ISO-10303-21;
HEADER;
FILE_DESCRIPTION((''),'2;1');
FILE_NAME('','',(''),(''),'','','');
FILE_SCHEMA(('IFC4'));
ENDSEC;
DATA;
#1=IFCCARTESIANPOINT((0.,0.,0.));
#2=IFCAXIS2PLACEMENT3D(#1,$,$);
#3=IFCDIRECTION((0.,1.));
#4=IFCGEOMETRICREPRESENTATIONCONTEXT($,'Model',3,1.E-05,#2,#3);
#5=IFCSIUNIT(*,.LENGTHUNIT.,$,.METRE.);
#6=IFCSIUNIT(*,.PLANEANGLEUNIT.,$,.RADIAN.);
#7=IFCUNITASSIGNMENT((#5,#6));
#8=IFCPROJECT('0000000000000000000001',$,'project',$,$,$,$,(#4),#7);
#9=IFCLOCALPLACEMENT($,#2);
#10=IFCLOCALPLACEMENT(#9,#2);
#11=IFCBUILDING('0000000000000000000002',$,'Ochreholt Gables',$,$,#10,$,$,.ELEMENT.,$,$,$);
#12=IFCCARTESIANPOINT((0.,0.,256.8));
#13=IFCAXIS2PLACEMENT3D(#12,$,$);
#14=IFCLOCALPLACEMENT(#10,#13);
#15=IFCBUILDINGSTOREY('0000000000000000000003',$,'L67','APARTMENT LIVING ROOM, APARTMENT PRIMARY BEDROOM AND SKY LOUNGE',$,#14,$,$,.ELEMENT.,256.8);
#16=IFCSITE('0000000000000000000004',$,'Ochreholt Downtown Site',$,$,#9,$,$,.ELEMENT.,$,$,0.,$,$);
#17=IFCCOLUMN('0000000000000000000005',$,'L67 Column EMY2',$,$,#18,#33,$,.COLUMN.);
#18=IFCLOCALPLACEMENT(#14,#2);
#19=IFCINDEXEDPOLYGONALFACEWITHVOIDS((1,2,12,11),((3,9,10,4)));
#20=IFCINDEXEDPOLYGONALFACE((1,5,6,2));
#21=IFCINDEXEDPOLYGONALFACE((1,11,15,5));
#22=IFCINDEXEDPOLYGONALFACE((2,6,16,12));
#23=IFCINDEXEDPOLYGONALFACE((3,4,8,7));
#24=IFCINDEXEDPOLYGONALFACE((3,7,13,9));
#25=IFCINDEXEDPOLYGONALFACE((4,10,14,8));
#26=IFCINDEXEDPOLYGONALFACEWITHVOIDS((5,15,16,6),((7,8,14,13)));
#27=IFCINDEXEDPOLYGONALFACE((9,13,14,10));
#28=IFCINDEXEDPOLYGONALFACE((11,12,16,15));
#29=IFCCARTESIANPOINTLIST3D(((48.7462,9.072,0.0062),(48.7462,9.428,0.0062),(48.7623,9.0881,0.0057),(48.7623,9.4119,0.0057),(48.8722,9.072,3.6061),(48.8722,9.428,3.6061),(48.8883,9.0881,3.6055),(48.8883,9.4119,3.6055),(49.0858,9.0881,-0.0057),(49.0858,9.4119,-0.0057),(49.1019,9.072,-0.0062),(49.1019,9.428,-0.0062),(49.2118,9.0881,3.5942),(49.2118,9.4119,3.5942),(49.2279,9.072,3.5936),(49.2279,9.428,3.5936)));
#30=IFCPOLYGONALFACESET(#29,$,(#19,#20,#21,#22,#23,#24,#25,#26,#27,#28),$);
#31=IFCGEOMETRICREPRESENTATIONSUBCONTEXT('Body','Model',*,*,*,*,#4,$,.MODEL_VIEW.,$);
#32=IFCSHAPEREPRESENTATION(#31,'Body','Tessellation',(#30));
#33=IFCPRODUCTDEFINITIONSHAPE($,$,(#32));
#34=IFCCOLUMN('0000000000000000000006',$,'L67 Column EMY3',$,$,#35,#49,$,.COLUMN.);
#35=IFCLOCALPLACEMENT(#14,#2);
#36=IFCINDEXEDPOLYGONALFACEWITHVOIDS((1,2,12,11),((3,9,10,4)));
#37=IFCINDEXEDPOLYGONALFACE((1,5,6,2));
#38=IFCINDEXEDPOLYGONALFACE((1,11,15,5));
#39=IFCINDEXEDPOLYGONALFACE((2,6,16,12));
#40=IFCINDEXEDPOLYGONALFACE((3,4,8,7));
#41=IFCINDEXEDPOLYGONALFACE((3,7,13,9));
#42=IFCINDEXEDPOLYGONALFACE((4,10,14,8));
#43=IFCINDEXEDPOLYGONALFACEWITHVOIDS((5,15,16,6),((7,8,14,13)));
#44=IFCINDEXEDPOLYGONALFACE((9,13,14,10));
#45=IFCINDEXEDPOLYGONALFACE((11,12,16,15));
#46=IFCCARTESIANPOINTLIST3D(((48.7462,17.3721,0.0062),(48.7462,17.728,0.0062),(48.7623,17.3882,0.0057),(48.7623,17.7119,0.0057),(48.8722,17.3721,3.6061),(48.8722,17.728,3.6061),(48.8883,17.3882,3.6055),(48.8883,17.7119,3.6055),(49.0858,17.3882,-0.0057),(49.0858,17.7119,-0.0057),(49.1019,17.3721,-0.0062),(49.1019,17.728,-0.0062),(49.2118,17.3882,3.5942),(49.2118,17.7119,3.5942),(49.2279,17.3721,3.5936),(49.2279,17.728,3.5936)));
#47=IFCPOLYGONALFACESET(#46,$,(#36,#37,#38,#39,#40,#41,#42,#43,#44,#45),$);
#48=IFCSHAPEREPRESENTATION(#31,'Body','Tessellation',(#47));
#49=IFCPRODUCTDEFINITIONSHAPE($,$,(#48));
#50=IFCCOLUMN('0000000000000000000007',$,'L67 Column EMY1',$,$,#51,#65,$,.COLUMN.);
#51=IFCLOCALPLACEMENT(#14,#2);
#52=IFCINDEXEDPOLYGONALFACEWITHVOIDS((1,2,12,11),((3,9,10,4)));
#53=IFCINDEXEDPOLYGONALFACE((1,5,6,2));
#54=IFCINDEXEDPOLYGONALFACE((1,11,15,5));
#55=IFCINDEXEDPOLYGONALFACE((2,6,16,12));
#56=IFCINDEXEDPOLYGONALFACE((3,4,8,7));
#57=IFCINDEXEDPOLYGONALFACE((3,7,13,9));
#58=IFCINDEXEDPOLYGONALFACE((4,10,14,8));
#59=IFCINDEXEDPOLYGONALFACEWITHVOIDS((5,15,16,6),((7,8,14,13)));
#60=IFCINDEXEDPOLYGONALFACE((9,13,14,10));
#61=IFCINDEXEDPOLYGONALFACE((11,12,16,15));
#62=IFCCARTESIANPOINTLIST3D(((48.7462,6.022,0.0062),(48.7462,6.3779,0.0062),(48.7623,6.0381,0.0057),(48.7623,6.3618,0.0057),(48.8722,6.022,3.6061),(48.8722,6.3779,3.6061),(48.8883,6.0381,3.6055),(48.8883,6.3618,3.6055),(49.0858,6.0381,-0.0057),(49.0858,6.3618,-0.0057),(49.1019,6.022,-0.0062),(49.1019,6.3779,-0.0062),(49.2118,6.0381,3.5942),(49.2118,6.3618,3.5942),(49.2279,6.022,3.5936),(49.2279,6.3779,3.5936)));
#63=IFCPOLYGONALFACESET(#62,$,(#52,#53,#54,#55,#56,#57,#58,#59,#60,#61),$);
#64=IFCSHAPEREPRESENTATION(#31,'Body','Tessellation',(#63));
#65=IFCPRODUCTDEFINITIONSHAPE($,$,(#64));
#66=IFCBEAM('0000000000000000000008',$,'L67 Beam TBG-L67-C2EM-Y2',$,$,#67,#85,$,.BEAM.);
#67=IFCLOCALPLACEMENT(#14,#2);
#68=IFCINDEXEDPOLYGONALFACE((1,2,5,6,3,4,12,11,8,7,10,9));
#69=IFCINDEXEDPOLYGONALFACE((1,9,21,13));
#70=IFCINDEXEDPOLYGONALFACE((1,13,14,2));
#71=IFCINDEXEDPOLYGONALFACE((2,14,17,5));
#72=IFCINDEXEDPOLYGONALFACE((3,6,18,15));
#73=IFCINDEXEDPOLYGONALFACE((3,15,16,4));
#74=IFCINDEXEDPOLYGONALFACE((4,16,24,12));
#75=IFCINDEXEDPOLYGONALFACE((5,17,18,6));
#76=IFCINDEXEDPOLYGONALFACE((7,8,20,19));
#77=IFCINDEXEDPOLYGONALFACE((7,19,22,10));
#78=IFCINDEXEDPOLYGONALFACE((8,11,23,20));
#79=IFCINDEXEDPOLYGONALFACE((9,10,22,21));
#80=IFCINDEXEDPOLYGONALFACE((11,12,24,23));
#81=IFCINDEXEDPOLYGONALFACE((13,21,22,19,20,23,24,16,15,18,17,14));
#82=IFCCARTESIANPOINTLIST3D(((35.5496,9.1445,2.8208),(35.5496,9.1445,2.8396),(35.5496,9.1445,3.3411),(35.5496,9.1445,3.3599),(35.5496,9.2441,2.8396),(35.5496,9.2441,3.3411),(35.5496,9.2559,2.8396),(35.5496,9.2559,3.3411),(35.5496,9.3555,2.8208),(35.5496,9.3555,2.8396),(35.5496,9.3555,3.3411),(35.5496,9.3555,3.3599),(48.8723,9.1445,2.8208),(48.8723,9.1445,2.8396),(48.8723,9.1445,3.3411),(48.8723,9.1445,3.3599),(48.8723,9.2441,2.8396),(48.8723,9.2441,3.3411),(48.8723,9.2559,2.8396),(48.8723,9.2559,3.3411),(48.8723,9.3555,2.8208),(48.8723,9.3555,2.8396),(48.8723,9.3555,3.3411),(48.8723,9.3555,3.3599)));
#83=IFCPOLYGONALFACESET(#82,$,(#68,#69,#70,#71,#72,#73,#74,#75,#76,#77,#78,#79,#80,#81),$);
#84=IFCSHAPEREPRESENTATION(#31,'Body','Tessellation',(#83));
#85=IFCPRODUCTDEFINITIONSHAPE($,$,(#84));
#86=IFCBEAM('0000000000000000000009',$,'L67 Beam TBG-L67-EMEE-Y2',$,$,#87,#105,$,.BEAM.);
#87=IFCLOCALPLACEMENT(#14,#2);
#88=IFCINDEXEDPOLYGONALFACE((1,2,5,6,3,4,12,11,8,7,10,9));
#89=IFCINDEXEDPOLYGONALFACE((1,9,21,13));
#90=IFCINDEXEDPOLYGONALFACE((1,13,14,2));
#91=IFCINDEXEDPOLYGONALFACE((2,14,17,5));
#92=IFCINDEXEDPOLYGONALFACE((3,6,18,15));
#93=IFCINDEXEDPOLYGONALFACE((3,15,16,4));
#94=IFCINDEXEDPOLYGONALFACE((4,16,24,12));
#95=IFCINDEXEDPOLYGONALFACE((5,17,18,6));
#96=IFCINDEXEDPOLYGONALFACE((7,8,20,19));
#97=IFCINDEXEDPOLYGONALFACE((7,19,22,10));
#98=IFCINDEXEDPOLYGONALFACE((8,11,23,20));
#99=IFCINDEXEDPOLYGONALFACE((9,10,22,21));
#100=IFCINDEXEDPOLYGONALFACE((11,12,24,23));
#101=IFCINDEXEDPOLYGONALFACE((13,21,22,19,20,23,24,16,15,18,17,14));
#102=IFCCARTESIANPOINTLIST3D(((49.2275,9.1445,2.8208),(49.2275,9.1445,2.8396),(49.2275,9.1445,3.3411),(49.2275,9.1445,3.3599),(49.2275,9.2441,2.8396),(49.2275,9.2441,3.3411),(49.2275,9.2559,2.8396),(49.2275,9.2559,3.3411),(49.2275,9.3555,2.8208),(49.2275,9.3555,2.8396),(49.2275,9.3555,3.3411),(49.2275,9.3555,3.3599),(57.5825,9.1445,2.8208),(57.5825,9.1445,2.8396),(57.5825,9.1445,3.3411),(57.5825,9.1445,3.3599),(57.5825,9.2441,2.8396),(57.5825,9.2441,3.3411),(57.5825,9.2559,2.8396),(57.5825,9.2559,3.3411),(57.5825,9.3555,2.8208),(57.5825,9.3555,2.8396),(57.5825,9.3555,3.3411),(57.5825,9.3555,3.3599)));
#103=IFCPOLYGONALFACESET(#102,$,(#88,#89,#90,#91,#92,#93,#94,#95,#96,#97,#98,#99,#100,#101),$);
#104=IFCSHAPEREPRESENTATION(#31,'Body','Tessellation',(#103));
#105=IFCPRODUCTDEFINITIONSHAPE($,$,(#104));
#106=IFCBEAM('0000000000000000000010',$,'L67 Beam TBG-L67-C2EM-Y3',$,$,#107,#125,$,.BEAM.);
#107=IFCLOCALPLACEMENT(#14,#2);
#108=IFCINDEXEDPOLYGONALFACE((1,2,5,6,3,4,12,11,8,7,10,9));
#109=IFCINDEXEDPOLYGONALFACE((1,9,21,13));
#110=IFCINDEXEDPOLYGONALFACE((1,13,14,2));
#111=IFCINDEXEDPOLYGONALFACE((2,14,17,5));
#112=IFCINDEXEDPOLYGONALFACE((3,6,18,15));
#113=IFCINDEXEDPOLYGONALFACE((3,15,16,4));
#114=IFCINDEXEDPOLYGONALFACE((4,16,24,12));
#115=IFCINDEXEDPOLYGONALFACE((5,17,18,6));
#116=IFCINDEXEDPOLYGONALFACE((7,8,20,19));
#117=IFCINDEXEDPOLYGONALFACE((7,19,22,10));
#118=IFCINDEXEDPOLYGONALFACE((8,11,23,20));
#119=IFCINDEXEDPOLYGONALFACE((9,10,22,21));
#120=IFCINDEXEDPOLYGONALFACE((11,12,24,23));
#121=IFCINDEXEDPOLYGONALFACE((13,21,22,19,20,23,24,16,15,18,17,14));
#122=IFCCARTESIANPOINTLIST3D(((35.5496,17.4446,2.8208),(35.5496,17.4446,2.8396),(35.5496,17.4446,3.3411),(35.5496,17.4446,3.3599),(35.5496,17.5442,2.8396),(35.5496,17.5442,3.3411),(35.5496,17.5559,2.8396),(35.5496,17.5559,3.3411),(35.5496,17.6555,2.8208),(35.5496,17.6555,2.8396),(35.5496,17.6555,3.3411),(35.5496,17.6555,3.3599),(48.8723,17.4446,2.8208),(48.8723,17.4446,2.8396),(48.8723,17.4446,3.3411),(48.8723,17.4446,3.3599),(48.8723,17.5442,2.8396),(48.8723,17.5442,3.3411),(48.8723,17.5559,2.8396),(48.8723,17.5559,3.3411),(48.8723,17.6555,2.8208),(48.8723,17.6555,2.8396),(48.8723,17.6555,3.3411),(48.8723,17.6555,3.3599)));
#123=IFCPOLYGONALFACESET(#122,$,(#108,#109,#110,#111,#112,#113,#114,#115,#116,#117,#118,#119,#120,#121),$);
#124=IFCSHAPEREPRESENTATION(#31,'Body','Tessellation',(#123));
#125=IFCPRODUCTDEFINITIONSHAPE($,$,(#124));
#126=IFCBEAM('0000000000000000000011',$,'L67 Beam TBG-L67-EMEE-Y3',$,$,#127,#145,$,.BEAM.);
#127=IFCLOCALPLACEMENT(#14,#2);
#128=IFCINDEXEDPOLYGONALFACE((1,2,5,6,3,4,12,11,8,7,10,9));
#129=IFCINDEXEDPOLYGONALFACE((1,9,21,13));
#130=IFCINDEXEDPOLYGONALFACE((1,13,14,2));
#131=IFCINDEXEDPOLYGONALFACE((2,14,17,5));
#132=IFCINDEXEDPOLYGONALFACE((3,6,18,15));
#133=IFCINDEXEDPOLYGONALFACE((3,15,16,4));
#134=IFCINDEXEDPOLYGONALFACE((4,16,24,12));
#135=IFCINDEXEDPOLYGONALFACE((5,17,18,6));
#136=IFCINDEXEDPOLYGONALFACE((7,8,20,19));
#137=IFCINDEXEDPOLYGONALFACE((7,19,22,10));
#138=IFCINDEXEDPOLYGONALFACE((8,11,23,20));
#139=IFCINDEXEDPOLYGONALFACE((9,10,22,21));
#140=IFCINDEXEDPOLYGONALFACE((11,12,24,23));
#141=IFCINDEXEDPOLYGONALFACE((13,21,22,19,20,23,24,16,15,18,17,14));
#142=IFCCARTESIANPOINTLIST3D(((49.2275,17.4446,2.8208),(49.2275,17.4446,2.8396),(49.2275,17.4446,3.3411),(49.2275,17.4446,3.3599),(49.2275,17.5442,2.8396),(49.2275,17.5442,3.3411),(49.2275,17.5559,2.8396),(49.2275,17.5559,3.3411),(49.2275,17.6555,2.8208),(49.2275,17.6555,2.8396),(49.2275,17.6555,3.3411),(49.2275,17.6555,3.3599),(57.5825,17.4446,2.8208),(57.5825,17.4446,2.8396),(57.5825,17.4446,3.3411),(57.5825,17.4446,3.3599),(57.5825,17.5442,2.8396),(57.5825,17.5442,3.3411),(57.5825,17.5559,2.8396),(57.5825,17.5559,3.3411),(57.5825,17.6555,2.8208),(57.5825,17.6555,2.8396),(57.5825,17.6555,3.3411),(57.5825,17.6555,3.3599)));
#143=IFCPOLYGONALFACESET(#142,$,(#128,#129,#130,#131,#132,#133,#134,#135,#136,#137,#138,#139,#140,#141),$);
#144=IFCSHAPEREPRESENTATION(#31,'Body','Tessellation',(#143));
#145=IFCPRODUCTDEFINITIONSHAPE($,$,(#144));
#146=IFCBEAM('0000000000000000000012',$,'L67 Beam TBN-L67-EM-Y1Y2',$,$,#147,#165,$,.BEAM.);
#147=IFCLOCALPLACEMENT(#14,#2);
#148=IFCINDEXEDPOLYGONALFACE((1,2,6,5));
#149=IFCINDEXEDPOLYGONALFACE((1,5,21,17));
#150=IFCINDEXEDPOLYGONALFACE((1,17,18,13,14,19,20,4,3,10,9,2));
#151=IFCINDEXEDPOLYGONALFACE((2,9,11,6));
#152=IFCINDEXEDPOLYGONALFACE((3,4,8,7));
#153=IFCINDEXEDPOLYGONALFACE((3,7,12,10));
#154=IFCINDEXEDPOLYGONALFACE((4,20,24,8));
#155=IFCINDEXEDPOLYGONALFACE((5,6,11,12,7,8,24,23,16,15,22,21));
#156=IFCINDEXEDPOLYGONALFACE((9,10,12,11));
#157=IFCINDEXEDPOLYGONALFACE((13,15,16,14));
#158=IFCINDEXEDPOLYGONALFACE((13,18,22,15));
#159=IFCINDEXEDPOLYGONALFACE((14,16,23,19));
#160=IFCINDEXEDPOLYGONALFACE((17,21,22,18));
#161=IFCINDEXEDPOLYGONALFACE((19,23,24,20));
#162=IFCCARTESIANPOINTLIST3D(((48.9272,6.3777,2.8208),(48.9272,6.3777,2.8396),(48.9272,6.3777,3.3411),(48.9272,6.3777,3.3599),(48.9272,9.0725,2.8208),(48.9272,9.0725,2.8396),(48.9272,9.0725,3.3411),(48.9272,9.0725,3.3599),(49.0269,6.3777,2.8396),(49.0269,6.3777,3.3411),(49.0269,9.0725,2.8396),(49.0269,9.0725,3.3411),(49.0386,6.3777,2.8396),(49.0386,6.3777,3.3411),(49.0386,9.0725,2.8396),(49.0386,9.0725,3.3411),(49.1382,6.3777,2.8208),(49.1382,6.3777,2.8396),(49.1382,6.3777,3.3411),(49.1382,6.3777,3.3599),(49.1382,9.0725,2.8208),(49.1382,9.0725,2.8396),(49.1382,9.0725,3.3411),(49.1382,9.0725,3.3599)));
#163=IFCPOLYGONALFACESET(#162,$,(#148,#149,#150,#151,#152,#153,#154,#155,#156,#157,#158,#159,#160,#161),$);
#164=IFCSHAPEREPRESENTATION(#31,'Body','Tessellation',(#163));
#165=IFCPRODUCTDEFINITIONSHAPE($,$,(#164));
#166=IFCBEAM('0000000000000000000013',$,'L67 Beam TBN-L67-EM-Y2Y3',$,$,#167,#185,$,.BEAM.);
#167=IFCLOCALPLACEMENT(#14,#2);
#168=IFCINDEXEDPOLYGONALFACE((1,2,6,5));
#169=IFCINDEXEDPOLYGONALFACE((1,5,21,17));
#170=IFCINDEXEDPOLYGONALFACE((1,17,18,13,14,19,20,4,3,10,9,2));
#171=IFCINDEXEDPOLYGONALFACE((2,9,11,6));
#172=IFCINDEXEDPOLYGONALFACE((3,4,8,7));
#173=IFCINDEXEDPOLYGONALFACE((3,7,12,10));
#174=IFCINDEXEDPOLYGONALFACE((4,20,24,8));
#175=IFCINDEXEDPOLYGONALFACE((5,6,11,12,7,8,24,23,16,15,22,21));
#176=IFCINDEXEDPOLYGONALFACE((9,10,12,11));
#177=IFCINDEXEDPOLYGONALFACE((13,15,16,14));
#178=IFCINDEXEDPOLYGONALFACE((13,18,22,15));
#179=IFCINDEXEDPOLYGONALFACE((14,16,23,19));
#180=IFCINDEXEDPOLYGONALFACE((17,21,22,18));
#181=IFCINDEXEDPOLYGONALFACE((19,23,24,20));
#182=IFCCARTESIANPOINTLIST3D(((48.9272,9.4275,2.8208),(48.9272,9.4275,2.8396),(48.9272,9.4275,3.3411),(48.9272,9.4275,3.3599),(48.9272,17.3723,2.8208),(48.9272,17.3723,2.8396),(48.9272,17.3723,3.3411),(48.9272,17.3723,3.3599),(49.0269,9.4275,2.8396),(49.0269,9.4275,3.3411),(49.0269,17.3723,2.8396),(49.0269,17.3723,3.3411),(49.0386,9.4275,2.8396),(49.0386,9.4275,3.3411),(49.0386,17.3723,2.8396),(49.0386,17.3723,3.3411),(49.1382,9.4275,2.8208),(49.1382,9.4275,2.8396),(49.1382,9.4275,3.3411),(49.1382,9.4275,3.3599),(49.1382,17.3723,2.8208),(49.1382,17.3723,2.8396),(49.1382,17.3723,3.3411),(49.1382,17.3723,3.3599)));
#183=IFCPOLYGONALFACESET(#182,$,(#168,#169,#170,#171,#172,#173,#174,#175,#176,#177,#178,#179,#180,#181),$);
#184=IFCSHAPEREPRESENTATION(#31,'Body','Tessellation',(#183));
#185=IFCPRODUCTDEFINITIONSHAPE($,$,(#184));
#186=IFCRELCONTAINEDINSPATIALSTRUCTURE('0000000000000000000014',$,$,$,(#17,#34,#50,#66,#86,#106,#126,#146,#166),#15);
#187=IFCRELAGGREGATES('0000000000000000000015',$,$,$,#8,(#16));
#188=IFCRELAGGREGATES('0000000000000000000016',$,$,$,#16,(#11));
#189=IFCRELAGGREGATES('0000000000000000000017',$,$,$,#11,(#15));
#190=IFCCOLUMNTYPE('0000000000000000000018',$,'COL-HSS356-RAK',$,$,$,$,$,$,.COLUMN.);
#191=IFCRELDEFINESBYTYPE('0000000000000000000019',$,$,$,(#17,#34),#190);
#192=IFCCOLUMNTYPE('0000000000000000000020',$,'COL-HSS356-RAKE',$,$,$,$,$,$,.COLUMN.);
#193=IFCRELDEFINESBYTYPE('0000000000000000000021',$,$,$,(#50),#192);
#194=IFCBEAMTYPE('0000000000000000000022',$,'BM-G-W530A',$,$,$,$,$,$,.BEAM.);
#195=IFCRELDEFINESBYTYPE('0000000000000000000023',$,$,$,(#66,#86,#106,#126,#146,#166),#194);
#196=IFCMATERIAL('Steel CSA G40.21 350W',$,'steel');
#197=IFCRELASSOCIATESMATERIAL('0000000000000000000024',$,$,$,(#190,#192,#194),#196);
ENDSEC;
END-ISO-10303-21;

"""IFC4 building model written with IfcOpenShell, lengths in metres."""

from ifc_helpers import new_model, si_unit, direction, frame, origin, origin_2d, place, context, subcontext, project, spatial, hollow_rectangle, i_section, extrude, material, material_profile, profile_set, type_object, element, save


model = new_model("IFC4")

# Units and contexts
model_context = context("Model", 3, precision=1e-05, world=origin(), true_north=direction((0.0, 1.0)))
body_context = subcontext(model_context, "Body", "Model", "MODEL_VIEW")
ifc_project = project(units=[si_unit("LENGTHUNIT", "METRE"), si_unit("PLANEANGLEUNIT", "RADIAN")], contexts=[model_context])

# Site, building, storey
site_placement = place(None, origin())
site = spatial("IfcSite", under=ifc_project, at=site_placement, Name="Ochreholt Downtown Site", CompositionType="ELEMENT", RefElevation=0.0)
building_placement = place(site_placement, origin())
building = spatial("IfcBuilding", under=site, at=building_placement, Name="Ochreholt Gables", CompositionType="ELEMENT")
storey_placement = place(building_placement, frame((0.0, 0.0, 256.8)))
storey = spatial("IfcBuildingStorey", under=building, at=storey_placement, Name="L67", Description="APARTMENT LIVING ROOM, APARTMENT PRIMARY BEDROOM AND SKY LOUNGE", CompositionType="ELEMENT", Elevation=256.8)

# Columns
ifc_material_1 = material(Name="Steel CSA G40.21 350W", Category="steel")
ifc_material_profile_1 = material_profile(ifc_material_1, hollow_rectangle(XDim=0.356, YDim=0.356, WallThickness=0.0161, at=origin_2d()), Name="HSS356X356X16")
ifc_profile_set_1 = profile_set([ifc_material_profile_1], Name="Steel CSA G40.21 350W")
column_type_1 = type_object("IfcColumnType", Name="COL-HSS356-RAK", PredefinedType="COLUMN", material=ifc_profile_set_1)
for number, where, z_axis, x_axis, name in (
    (1, (48.9241, 9.25, 0.0), (0.034974, 0.0, 0.999388), (0.0, 1.0, 0.0), "L67 Column EMY2"),
    (2, (48.9241, 17.55, 0.0), (0.034974, 0.0, 0.999388), (0.0, 1.0, 0.0), "L67 Column EMY3"),
):
    element("IfcColumn", number, at=place(storey_placement, frame(where, z_axis=z_axis, x_axis=x_axis)), inside=storey, type_object=column_type_1, Name=name, PredefinedType="COLUMN", context=body_context, shape_type="SweptSolid", body=[
        extrude(hollow_rectangle(XDim=0.356, YDim=0.356, WallThickness=0.0161, at=origin_2d()), origin(), (0.0, 0.0, 1.0), 3.6021),
    ])
ifc_material_profile_2 = material_profile(ifc_material_1, hollow_rectangle(XDim=0.356, YDim=0.356, WallThickness=0.0161, at=origin_2d()), Name="HSS356X356X16")
ifc_profile_set_2 = profile_set([ifc_material_profile_2], Name="Steel CSA G40.21 350W")
column_type_2 = type_object("IfcColumnType", Name="COL-HSS356-RAKE", PredefinedType="COLUMN", material=ifc_profile_set_2)
column_placement = place(storey_placement, frame((48.9241, 6.2, 0.0), z_axis=(0.034974, 0.0, 0.999388), x_axis=(0.0, 1.0, 0.0)))
element("IfcColumn", 3, at=column_placement, inside=storey, type_object=column_type_2, Name="L67 Column EMY1", PredefinedType="COLUMN", context=body_context, shape_type="SweptSolid", body=[
    extrude(hollow_rectangle(XDim=0.356, YDim=0.356, WallThickness=0.0161, at=origin_2d()), origin(), (0.0, 0.0, 1.0), 3.6021),
])

# Beams
ifc_material_profile_3 = material_profile(ifc_material_1, i_section(OverallWidth=0.2109, OverallDepth=0.5391, WebThickness=0.0117, FlangeThickness=0.0188, at=origin_2d()), Name="W530X109")
ifc_profile_set_3 = profile_set([ifc_material_profile_3], Name="Steel CSA G40.21 350W")
beam_type_1 = type_object("IfcBeamType", Name="BM-G-W530A", PredefinedType="BEAM", material=ifc_profile_set_3)
beam_1_placement = place(storey_placement, frame((35.5496, 9.25, 3.0903), z_axis=(1.0, 0.0, 0.0), x_axis=(0.0, 1.0, 0.0)))
element("IfcBeam", 4, at=beam_1_placement, inside=storey, type_object=beam_type_1, Name="L67 Beam TBG-L67-C2EM-Y2", PredefinedType="BEAM", context=body_context, shape_type="SweptSolid", body=[
    extrude(i_section(OverallWidth=0.2109, OverallDepth=0.5391, WebThickness=0.0117, FlangeThickness=0.0188, at=origin_2d()), origin(), (0.0, 0.0, 1.0), 13.3228),
])
beam_2_placement = place(storey_placement, frame((49.2275, 9.25, 3.0903), z_axis=(1.0, 0.0, 0.0), x_axis=(0.0, 1.0, 0.0)))
element("IfcBeam", 5, at=beam_2_placement, inside=storey, type_object=beam_type_1, Name="L67 Beam TBG-L67-EMEE-Y2", PredefinedType="BEAM", context=body_context, shape_type="SweptSolid", body=[
    extrude(i_section(OverallWidth=0.2109, OverallDepth=0.5391, WebThickness=0.0117, FlangeThickness=0.0188, at=origin_2d()), origin(), (0.0, 0.0, 1.0), 8.355),
])
beam_3_placement = place(storey_placement, frame((35.5496, 17.55, 3.0903), z_axis=(1.0, 0.0, 0.0), x_axis=(0.0, 1.0, 0.0)))
element("IfcBeam", 6, at=beam_3_placement, inside=storey, type_object=beam_type_1, Name="L67 Beam TBG-L67-C2EM-Y3", PredefinedType="BEAM", context=body_context, shape_type="SweptSolid", body=[
    extrude(i_section(OverallWidth=0.2109, OverallDepth=0.5391, WebThickness=0.0117, FlangeThickness=0.0188, at=origin_2d()), origin(), (0.0, 0.0, 1.0), 13.3228),
])
beam_4_placement = place(storey_placement, frame((49.2275, 17.55, 3.0903), z_axis=(1.0, 0.0, 0.0), x_axis=(0.0, 1.0, 0.0)))
element("IfcBeam", 7, at=beam_4_placement, inside=storey, type_object=beam_type_1, Name="L67 Beam TBG-L67-EMEE-Y3", PredefinedType="BEAM", context=body_context, shape_type="SweptSolid", body=[
    extrude(i_section(OverallWidth=0.2109, OverallDepth=0.5391, WebThickness=0.0117, FlangeThickness=0.0188, at=origin_2d()), origin(), (0.0, 0.0, 1.0), 8.355),
])
beam_5_placement = place(storey_placement, frame((49.0327, 6.3777, 3.0903), z_axis=(0.0, 1.0, 0.0), x_axis=(-1.0, 0.0, 0.0)))
element("IfcBeam", 8, at=beam_5_placement, inside=storey, type_object=beam_type_1, Name="L67 Beam TBN-L67-EM-Y1Y2", PredefinedType="BEAM", context=body_context, shape_type="SweptSolid", body=[
    extrude(i_section(OverallWidth=0.2109, OverallDepth=0.5391, WebThickness=0.0117, FlangeThickness=0.0188, at=origin_2d()), origin(), (0.0, 0.0, 1.0), 2.6948),
])
beam_6_placement = place(storey_placement, frame((49.0327, 9.4275, 3.0903), z_axis=(0.0, 1.0, 0.0), x_axis=(-1.0, 0.0, 0.0)))
element("IfcBeam", 9, at=beam_6_placement, inside=storey, type_object=beam_type_1, Name="L67 Beam TBN-L67-EM-Y2Y3", PredefinedType="BEAM", context=body_context, shape_type="SweptSolid", body=[
    extrude(i_section(OverallWidth=0.2109, OverallDepth=0.5391, WebThickness=0.0117, FlangeThickness=0.0188, at=origin_2d()), origin(), (0.0, 0.0, 1.0), 7.9448),
])

save(model, "model.ifc")
